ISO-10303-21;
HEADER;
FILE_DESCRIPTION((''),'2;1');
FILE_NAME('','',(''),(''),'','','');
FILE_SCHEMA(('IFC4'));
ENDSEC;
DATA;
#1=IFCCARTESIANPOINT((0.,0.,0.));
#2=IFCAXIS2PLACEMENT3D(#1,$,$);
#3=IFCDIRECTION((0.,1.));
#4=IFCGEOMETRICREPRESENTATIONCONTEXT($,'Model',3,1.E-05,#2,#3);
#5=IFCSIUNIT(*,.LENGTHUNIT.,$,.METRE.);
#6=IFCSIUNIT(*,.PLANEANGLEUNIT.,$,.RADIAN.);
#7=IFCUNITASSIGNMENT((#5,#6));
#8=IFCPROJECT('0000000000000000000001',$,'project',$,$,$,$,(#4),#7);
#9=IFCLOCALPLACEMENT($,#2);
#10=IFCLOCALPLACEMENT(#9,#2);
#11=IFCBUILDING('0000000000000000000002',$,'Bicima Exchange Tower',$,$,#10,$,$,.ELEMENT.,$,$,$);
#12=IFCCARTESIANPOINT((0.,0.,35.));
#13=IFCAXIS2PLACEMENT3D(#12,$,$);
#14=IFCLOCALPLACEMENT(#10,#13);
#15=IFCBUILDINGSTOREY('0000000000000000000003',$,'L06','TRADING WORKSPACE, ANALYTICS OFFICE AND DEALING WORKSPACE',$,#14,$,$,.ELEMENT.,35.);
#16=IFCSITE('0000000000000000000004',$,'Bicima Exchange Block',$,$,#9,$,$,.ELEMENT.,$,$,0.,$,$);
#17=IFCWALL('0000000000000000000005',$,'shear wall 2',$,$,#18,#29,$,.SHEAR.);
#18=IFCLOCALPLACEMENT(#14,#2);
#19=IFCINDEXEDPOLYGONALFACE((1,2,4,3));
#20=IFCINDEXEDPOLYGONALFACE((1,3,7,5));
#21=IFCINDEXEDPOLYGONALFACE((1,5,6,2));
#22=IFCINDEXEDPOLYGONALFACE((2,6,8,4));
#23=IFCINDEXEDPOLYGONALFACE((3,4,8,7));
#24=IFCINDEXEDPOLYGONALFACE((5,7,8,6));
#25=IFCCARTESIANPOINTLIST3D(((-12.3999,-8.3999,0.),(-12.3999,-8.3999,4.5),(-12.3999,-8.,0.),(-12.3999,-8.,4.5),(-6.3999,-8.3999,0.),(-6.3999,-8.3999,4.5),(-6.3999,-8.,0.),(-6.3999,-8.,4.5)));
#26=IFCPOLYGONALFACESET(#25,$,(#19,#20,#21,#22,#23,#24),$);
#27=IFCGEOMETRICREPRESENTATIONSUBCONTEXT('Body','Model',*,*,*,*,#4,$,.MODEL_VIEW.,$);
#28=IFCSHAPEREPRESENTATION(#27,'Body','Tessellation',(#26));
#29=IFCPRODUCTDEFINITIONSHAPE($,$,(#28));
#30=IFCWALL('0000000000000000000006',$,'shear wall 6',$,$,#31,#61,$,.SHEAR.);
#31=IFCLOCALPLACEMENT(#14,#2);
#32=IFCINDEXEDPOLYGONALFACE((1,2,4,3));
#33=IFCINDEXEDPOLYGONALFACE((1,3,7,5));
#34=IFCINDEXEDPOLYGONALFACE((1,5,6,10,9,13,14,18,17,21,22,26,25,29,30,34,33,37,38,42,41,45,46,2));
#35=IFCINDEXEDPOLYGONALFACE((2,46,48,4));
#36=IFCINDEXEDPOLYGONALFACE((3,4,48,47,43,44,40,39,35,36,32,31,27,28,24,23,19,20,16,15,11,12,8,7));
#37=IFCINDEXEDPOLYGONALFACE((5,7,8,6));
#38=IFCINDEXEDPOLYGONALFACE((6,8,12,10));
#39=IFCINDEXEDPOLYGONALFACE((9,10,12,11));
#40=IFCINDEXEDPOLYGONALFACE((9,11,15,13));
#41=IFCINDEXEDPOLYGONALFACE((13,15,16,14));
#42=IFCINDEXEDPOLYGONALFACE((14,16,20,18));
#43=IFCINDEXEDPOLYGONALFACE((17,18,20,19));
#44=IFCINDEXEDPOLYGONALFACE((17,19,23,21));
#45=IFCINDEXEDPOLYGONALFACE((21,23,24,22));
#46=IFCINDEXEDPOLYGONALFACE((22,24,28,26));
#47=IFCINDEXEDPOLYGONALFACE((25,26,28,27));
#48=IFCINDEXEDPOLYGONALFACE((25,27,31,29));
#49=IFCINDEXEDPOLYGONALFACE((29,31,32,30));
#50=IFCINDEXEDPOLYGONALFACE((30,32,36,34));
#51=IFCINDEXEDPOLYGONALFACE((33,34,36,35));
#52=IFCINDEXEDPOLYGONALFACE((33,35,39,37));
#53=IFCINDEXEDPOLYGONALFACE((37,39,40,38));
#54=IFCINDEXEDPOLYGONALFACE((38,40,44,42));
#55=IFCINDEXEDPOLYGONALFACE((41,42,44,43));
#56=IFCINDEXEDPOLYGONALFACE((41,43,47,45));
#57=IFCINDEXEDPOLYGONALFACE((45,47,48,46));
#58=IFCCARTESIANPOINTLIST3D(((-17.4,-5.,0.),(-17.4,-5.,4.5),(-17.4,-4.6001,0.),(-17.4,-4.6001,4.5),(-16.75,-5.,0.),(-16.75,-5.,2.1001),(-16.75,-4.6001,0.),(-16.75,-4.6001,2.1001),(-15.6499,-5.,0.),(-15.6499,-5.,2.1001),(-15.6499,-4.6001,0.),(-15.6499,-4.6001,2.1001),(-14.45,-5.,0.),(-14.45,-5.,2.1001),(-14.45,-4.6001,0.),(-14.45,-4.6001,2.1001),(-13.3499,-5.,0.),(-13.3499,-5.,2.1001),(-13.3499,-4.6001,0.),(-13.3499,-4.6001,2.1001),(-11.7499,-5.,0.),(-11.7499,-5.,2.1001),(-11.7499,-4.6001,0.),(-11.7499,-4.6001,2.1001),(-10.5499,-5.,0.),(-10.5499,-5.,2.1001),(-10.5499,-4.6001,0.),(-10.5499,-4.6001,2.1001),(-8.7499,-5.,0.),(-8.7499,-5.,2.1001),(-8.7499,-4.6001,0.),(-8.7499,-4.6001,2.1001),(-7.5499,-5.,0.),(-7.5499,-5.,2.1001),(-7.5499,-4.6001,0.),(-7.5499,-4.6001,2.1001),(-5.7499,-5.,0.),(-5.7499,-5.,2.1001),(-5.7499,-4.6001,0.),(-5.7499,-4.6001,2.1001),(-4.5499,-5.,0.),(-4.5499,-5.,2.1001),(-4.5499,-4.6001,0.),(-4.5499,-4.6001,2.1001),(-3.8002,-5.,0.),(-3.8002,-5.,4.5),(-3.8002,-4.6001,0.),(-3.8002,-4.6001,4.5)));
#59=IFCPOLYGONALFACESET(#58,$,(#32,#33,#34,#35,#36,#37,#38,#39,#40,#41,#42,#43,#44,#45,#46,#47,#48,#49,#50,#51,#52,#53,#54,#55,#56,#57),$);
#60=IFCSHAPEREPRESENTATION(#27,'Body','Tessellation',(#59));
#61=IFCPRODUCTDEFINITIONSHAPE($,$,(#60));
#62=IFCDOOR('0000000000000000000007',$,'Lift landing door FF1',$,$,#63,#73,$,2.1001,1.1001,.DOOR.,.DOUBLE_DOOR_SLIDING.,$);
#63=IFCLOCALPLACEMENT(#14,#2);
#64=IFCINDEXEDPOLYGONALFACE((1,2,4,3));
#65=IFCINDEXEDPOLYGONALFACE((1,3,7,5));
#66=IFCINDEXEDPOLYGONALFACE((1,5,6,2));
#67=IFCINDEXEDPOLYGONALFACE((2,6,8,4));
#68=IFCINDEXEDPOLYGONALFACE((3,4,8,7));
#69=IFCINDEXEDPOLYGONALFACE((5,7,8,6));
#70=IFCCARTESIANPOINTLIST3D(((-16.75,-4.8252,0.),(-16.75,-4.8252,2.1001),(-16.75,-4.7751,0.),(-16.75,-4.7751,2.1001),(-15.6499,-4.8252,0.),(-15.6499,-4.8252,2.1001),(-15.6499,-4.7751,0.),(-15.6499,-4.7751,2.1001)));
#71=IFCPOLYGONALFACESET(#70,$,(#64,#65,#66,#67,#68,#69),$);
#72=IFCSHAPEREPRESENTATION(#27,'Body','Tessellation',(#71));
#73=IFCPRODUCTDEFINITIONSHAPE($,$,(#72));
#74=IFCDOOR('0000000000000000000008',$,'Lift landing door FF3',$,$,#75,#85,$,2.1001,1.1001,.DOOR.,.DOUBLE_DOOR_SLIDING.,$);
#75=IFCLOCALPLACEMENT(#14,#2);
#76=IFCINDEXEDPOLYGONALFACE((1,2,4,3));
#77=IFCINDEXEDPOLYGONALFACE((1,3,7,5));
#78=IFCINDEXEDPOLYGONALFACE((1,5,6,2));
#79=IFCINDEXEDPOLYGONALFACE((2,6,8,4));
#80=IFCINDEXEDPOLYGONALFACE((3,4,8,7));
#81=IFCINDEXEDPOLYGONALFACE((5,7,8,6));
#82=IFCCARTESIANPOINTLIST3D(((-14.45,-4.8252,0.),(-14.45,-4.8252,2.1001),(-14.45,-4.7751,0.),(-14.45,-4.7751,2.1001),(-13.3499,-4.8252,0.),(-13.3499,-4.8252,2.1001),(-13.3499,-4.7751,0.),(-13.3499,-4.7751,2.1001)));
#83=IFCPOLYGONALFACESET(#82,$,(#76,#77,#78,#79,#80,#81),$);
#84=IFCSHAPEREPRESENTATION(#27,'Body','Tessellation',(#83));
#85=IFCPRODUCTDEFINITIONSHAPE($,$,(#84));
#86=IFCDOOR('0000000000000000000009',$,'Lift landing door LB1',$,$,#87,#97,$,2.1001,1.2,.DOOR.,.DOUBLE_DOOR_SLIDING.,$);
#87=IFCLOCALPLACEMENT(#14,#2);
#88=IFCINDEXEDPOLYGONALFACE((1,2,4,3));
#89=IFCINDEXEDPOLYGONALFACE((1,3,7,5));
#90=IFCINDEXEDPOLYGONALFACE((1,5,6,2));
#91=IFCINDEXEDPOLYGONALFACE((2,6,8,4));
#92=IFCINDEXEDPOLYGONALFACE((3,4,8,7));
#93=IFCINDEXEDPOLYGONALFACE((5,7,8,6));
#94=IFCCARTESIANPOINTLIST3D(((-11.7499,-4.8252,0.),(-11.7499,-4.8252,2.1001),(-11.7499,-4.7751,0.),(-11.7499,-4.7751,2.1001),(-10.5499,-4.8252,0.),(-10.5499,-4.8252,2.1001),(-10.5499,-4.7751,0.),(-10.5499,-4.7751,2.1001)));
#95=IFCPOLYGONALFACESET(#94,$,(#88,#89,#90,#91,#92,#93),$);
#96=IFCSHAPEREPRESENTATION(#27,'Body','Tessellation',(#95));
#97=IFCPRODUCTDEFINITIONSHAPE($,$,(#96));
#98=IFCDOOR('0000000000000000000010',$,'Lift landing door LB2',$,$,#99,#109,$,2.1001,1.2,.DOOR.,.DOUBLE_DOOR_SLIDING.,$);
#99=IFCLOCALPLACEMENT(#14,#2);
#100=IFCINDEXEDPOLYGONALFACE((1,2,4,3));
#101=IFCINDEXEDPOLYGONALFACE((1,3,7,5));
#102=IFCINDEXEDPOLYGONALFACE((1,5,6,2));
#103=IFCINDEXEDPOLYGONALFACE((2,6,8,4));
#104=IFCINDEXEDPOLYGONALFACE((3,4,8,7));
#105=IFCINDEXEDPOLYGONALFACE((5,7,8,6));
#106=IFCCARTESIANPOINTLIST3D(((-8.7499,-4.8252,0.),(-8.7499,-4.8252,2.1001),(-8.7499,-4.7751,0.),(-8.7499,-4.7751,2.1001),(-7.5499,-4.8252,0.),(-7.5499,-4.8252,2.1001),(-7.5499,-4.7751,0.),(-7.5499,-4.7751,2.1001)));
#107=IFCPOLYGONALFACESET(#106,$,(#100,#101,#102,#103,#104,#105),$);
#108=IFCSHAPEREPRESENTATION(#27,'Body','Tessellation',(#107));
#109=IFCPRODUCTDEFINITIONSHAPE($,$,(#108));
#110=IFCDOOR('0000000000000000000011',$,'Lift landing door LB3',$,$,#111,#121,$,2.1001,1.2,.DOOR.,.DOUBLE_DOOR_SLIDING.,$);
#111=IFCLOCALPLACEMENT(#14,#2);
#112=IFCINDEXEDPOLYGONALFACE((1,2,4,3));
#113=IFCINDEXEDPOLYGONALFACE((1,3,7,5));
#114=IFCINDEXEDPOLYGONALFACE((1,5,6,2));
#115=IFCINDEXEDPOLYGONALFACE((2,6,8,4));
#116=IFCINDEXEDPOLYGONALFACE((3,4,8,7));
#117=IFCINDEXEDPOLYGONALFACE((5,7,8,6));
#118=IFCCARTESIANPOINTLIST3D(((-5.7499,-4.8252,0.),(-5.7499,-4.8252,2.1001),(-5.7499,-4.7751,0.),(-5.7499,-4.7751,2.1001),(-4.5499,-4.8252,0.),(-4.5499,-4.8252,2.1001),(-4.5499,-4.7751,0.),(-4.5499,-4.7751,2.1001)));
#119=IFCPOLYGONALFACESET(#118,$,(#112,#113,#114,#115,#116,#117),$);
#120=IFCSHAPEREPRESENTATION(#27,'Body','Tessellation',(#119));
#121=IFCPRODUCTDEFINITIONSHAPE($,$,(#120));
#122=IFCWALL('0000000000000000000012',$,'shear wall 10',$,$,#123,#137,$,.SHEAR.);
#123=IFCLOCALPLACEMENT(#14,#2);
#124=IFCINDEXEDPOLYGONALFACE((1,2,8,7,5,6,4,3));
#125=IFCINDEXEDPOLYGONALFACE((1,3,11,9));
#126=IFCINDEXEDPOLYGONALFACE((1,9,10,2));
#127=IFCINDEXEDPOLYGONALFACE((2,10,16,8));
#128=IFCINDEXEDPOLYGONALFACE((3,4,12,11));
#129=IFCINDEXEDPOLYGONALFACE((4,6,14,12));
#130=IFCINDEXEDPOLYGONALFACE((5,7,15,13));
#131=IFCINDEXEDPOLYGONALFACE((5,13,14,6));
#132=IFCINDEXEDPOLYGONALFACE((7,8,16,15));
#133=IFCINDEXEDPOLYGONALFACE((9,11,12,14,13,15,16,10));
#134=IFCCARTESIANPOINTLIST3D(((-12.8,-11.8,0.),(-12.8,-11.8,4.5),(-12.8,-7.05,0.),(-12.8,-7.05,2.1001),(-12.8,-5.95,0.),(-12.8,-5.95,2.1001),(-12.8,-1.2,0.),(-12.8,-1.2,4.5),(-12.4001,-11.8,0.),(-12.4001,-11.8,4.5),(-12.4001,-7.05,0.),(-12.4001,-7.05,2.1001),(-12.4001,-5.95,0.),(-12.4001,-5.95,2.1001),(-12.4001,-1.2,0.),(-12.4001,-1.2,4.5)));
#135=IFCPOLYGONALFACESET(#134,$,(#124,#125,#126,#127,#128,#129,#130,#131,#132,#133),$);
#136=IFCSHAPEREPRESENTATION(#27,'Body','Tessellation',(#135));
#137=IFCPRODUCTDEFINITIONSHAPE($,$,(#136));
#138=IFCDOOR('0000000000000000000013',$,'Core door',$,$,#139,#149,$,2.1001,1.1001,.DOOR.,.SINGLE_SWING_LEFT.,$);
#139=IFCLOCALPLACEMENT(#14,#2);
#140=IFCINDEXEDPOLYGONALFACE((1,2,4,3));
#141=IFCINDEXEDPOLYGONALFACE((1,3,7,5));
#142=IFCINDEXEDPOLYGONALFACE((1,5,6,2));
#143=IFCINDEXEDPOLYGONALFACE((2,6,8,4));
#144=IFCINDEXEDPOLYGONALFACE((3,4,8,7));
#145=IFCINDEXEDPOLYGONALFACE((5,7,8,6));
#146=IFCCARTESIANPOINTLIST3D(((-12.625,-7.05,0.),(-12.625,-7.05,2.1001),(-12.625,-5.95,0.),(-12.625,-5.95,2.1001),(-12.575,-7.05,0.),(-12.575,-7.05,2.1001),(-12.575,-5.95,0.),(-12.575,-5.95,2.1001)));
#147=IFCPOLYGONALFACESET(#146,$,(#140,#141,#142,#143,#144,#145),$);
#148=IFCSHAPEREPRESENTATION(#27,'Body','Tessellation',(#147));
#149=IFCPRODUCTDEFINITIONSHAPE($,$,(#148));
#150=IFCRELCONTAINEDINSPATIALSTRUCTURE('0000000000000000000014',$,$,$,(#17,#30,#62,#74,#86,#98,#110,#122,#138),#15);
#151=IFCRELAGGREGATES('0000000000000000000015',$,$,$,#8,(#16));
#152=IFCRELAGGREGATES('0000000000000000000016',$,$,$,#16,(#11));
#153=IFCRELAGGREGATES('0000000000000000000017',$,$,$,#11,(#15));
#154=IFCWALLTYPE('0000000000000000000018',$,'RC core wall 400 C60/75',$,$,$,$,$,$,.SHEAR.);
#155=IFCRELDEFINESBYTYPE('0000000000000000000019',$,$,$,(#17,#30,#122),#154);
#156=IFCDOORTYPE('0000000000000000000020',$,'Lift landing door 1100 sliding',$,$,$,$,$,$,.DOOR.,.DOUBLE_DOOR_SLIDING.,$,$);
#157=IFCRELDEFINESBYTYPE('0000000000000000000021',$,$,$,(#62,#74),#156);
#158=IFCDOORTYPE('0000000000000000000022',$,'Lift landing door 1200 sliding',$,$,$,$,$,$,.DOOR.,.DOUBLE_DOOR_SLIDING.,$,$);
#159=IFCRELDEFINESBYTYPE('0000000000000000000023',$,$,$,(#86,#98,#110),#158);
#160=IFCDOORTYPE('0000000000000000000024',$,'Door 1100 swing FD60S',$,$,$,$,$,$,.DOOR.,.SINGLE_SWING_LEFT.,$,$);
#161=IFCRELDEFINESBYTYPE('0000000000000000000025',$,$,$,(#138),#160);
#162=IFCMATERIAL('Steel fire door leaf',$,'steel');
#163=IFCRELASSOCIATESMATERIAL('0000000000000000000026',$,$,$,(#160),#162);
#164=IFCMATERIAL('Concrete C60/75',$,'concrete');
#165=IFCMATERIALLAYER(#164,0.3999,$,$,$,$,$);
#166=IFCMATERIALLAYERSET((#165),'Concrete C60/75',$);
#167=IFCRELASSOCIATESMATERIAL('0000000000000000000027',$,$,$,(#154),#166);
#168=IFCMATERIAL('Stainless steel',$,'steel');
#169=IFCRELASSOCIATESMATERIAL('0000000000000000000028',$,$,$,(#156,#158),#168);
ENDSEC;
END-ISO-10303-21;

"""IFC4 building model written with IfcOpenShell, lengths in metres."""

from ifc_helpers import new_model, si_unit, direction, frame, frame_2d, origin, place, context, subcontext, project, spatial, rectangle, extrude, material, layer, layer_set, type_object, element, fill, save


model = new_model("IFC4")

# Units and contexts
model_context = context("Model", 3, precision=1e-05, world=origin(), true_north=direction((0.0, 1.0)))
body_context = subcontext(model_context, "Body", "Model", "MODEL_VIEW")
ifc_project = project(units=[si_unit("LENGTHUNIT", "METRE"), si_unit("PLANEANGLEUNIT", "RADIAN")], contexts=[model_context])

# Site, building, storey
site_placement = place(None, origin())
site = spatial("IfcSite", under=ifc_project, at=site_placement, Name="Bicima Exchange Block", CompositionType="ELEMENT", RefElevation=0.0)
building_placement = place(site_placement, origin())
building = spatial("IfcBuilding", under=site, at=building_placement, Name="Bicima Exchange Tower", CompositionType="ELEMENT")
storey_placement = place(building_placement, frame((0.0, 0.0, 35.0)))
storey = spatial("IfcBuildingStorey", under=building, at=storey_placement, Name="L06", Description="TRADING WORKSPACE, ANALYTICS OFFICE AND DEALING WORKSPACE", CompositionType="ELEMENT", Elevation=35.0)

# Shared definitions
ifc_material_1 = material(Name="Concrete C60/75", Category="concrete")

# Shared definitions
ifc_material_2 = material(Name="Steel fire door leaf", Category="steel")

# Shared definitions
door_type_1 = type_object("IfcDoorType", Name="Door 1100 swing FD60S", OperationType="SINGLE_SWING_LEFT", PredefinedType="DOOR", material=ifc_material_2)

# Wall
ifc_layer_1 = layer(ifc_material_1, 0.3999)
ifc_layer_set_1 = layer_set([ifc_layer_1], Name="Concrete C60/75")
wall_type_1 = type_object("IfcWallType", Name="RC core wall 400 C60/75", PredefinedType="SHEAR", material=ifc_layer_set_1)
wall_1_placement = place(storey_placement, frame((-12.3999, -8.2, 0.0), z_axis=(0.0, 0.0, 1.0), x_axis=(1.0, 0.0, 0.0)))
element("IfcWall", 1, at=wall_1_placement, inside=storey, type_object=wall_type_1, Name="shear wall 2", PredefinedType="SHEAR", context=body_context, shape_type="SweptSolid", body=[
    extrude(rectangle(XDim=6.0, YDim=0.3999, at=frame_2d((3.0, 0.0))), origin(), (0.0, 0.0, 1.0), 4.5),
])

# Wall, openings, doors
wall_2_placement = place(storey_placement, frame((-17.3999, -4.8, 0.0), z_axis=(0.0, 0.0, 1.0), x_axis=(1.0, 0.0, 0.0)))
wall_2 = element("IfcWall", 2, at=wall_2_placement, inside=storey, type_object=wall_type_1, Name="shear wall 6", PredefinedType="SHEAR", context=body_context, shape_type="SweptSolid", body=[
    extrude(rectangle(XDim=13.5999, YDim=0.3999, at=frame_2d((6.7998, 0.0))), origin(), (0.0, 0.0, 1.0), 4.5),
])
opening_1_placement = place(wall_2_placement, frame((0.6499, 0.0, 0.0)))
opening_1 = element("IfcOpeningElement", 3, at=opening_1_placement, cuts=wall_2, PredefinedType="OPENING", context=body_context, shape_type="SweptSolid", body=[
    extrude(rectangle(XDim=1.1001, YDim=2.1001, at=frame_2d((0.55, 1.05))), frame((0.0, 0.2119, 0.0), z_axis=(0.0, -1.0, 0.0), x_axis=(1.0, 0.0, 0.0)), (0.0, 0.0, 1.0), 0.4238),
])
opening_2_placement = place(wall_2_placement, frame((2.95, 0.0, 0.0)))
opening_2 = element("IfcOpeningElement", 4, at=opening_2_placement, cuts=wall_2, PredefinedType="OPENING", context=body_context, shape_type="SweptSolid", body=[
    extrude(rectangle(XDim=1.1001, YDim=2.1001, at=frame_2d((0.55, 1.05))), frame((0.0, 0.2119, 0.0), z_axis=(0.0, -1.0, 0.0), x_axis=(1.0, 0.0, 0.0)), (0.0, 0.0, 1.0), 0.4238),
])
opening_3_placement = place(wall_2_placement, frame((5.6499, 0.0, 0.0)))
opening_3 = element("IfcOpeningElement", 5, at=opening_3_placement, cuts=wall_2, PredefinedType="OPENING", context=body_context, shape_type="SweptSolid", body=[
    extrude(rectangle(XDim=1.2, YDim=2.1001, at=frame_2d((0.6001, 1.05))), frame((0.0, 0.2119, 0.0), z_axis=(0.0, -1.0, 0.0), x_axis=(1.0, 0.0, 0.0)), (0.0, 0.0, 1.0), 0.4238),
])
opening_4_placement = place(wall_2_placement, frame((8.6499, 0.0, 0.0)))
opening_4 = element("IfcOpeningElement", 6, at=opening_4_placement, cuts=wall_2, PredefinedType="OPENING", context=body_context, shape_type="SweptSolid", body=[
    extrude(rectangle(XDim=1.2, YDim=2.1001, at=frame_2d((0.6001, 1.05))), frame((0.0, 0.2119, 0.0), z_axis=(0.0, -1.0, 0.0), x_axis=(1.0, 0.0, 0.0)), (0.0, 0.0, 1.0), 0.4238),
])
opening_5_placement = place(wall_2_placement, frame((11.6499, 0.0, 0.0)))
opening_5 = element("IfcOpeningElement", 7, at=opening_5_placement, cuts=wall_2, PredefinedType="OPENING", context=body_context, shape_type="SweptSolid", body=[
    extrude(rectangle(XDim=1.2, YDim=2.1001, at=frame_2d((0.6001, 1.05))), frame((0.0, 0.2119, 0.0), z_axis=(0.0, -1.0, 0.0), x_axis=(1.0, 0.0, 0.0)), (0.0, 0.0, 1.0), 0.4238),
])
ifc_material_3 = material(Name="Stainless steel", Category="steel")
door_type_2 = type_object("IfcDoorType", Name="Lift landing door 1100 sliding", OperationType="DOUBLE_DOOR_SLIDING", PredefinedType="DOOR", material=ifc_material_3)
door_1_placement = place(opening_1_placement, origin())
door_1 = element("IfcDoor", 8, at=door_1_placement, inside=storey, type_object=door_type_2, Name="Lift landing door FF1", OperationType="DOUBLE_DOOR_SLIDING", OverallHeight=2.1001, OverallWidth=1.1001, PredefinedType="DOOR", context=body_context, shape_type="SweptSolid", body=[
    extrude(rectangle(XDim=1.1001, YDim=2.1001, at=frame_2d((0.55, 1.05))), frame((0.0, 0.0249, 0.0), z_axis=(0.0, -1.0, 0.0), x_axis=(1.0, 0.0, 0.0)), (0.0, 0.0, 1.0), 0.05),
])
fill(opening_1, door_1)
door_2_placement = place(opening_2_placement, origin())
door_2 = element("IfcDoor", 9, at=door_2_placement, inside=storey, type_object=door_type_2, Name="Lift landing door FF3", OperationType="DOUBLE_DOOR_SLIDING", OverallHeight=2.1001, OverallWidth=1.1001, PredefinedType="DOOR", context=body_context, shape_type="SweptSolid", body=[
    extrude(rectangle(XDim=1.1001, YDim=2.1001, at=frame_2d((0.55, 1.05))), frame((0.0, 0.0249, 0.0), z_axis=(0.0, -1.0, 0.0), x_axis=(1.0, 0.0, 0.0)), (0.0, 0.0, 1.0), 0.05),
])
fill(opening_2, door_2)
door_type_3 = type_object("IfcDoorType", Name="Lift landing door 1200 sliding", OperationType="DOUBLE_DOOR_SLIDING", PredefinedType="DOOR", material=ifc_material_3)
door_3_placement = place(opening_3_placement, origin())
door_3 = element("IfcDoor", 10, at=door_3_placement, inside=storey, type_object=door_type_3, Name="Lift landing door LB1", OperationType="DOUBLE_DOOR_SLIDING", OverallHeight=2.1001, OverallWidth=1.2, PredefinedType="DOOR", context=body_context, shape_type="SweptSolid", body=[
    extrude(rectangle(XDim=1.2, YDim=2.1001, at=frame_2d((0.6001, 1.05))), frame((0.0, 0.0249, 0.0), z_axis=(0.0, -1.0, 0.0), x_axis=(1.0, 0.0, 0.0)), (0.0, 0.0, 1.0), 0.05),
])
fill(opening_3, door_3)
door_4_placement = place(opening_4_placement, origin())
door_4 = element("IfcDoor", 11, at=door_4_placement, inside=storey, type_object=door_type_3, Name="Lift landing door LB2", OperationType="DOUBLE_DOOR_SLIDING", OverallHeight=2.1001, OverallWidth=1.2, PredefinedType="DOOR", context=body_context, shape_type="SweptSolid", body=[
    extrude(rectangle(XDim=1.2, YDim=2.1001, at=frame_2d((0.6001, 1.05))), frame((0.0, 0.0249, 0.0), z_axis=(0.0, -1.0, 0.0), x_axis=(1.0, 0.0, 0.0)), (0.0, 0.0, 1.0), 0.05),
])
fill(opening_4, door_4)
door_5_placement = place(opening_5_placement, origin())
door_5 = element("IfcDoor", 12, at=door_5_placement, inside=storey, type_object=door_type_3, Name="Lift landing door LB3", OperationType="DOUBLE_DOOR_SLIDING", OverallHeight=2.1001, OverallWidth=1.2, PredefinedType="DOOR", context=body_context, shape_type="SweptSolid", body=[
    extrude(rectangle(XDim=1.2, YDim=2.1001, at=frame_2d((0.6001, 1.05))), frame((0.0, 0.0249, 0.0), z_axis=(0.0, -1.0, 0.0), x_axis=(1.0, 0.0, 0.0)), (0.0, 0.0, 1.0), 0.05),
])
fill(opening_5, door_5)

# Wall, opening, door
wall_3_placement = place(storey_placement, frame((-12.6001, -11.8, 0.0), z_axis=(0.0, 0.0, 1.0), x_axis=(0.0, 1.0, 0.0)))
wall_3 = element("IfcWall", 13, at=wall_3_placement, inside=storey, type_object=wall_type_1, Name="shear wall 10", PredefinedType="SHEAR", context=body_context, shape_type="SweptSolid", body=[
    extrude(rectangle(XDim=10.6001, YDim=0.3999, at=frame_2d((5.3, 0.0))), origin(), (0.0, 0.0, 1.0), 4.5),
])
opening_6_placement = place(wall_3_placement, frame((4.75, 0.0, 0.0)))
opening_6 = element("IfcOpeningElement", 14, at=opening_6_placement, cuts=wall_3, PredefinedType="OPENING", context=body_context, shape_type="SweptSolid", body=[
    extrude(rectangle(XDim=1.1001, YDim=2.1001, at=frame_2d((0.55, 1.05))), frame((0.0, 0.2119, 0.0), z_axis=(0.0, -1.0, 0.0), x_axis=(1.0, 0.0, 0.0)), (0.0, 0.0, 1.0), 0.4238),
])
door_6_placement = place(opening_6_placement, origin())
door_6 = element("IfcDoor", 15, at=door_6_placement, inside=storey, type_object=door_type_1, Name="Core door", OperationType="SINGLE_SWING_LEFT", OverallHeight=2.1001, OverallWidth=1.1001, PredefinedType="DOOR", context=body_context, shape_type="SweptSolid", body=[
    extrude(rectangle(XDim=1.1001, YDim=2.1001, at=frame_2d((0.55, 1.05))), frame((0.0, 0.0249, 0.0), z_axis=(0.0, -1.0, 0.0), x_axis=(1.0, 0.0, 0.0)), (0.0, 0.0, 1.0), 0.05),
])
fill(opening_6, door_6)

save(model, "model.ifc")
